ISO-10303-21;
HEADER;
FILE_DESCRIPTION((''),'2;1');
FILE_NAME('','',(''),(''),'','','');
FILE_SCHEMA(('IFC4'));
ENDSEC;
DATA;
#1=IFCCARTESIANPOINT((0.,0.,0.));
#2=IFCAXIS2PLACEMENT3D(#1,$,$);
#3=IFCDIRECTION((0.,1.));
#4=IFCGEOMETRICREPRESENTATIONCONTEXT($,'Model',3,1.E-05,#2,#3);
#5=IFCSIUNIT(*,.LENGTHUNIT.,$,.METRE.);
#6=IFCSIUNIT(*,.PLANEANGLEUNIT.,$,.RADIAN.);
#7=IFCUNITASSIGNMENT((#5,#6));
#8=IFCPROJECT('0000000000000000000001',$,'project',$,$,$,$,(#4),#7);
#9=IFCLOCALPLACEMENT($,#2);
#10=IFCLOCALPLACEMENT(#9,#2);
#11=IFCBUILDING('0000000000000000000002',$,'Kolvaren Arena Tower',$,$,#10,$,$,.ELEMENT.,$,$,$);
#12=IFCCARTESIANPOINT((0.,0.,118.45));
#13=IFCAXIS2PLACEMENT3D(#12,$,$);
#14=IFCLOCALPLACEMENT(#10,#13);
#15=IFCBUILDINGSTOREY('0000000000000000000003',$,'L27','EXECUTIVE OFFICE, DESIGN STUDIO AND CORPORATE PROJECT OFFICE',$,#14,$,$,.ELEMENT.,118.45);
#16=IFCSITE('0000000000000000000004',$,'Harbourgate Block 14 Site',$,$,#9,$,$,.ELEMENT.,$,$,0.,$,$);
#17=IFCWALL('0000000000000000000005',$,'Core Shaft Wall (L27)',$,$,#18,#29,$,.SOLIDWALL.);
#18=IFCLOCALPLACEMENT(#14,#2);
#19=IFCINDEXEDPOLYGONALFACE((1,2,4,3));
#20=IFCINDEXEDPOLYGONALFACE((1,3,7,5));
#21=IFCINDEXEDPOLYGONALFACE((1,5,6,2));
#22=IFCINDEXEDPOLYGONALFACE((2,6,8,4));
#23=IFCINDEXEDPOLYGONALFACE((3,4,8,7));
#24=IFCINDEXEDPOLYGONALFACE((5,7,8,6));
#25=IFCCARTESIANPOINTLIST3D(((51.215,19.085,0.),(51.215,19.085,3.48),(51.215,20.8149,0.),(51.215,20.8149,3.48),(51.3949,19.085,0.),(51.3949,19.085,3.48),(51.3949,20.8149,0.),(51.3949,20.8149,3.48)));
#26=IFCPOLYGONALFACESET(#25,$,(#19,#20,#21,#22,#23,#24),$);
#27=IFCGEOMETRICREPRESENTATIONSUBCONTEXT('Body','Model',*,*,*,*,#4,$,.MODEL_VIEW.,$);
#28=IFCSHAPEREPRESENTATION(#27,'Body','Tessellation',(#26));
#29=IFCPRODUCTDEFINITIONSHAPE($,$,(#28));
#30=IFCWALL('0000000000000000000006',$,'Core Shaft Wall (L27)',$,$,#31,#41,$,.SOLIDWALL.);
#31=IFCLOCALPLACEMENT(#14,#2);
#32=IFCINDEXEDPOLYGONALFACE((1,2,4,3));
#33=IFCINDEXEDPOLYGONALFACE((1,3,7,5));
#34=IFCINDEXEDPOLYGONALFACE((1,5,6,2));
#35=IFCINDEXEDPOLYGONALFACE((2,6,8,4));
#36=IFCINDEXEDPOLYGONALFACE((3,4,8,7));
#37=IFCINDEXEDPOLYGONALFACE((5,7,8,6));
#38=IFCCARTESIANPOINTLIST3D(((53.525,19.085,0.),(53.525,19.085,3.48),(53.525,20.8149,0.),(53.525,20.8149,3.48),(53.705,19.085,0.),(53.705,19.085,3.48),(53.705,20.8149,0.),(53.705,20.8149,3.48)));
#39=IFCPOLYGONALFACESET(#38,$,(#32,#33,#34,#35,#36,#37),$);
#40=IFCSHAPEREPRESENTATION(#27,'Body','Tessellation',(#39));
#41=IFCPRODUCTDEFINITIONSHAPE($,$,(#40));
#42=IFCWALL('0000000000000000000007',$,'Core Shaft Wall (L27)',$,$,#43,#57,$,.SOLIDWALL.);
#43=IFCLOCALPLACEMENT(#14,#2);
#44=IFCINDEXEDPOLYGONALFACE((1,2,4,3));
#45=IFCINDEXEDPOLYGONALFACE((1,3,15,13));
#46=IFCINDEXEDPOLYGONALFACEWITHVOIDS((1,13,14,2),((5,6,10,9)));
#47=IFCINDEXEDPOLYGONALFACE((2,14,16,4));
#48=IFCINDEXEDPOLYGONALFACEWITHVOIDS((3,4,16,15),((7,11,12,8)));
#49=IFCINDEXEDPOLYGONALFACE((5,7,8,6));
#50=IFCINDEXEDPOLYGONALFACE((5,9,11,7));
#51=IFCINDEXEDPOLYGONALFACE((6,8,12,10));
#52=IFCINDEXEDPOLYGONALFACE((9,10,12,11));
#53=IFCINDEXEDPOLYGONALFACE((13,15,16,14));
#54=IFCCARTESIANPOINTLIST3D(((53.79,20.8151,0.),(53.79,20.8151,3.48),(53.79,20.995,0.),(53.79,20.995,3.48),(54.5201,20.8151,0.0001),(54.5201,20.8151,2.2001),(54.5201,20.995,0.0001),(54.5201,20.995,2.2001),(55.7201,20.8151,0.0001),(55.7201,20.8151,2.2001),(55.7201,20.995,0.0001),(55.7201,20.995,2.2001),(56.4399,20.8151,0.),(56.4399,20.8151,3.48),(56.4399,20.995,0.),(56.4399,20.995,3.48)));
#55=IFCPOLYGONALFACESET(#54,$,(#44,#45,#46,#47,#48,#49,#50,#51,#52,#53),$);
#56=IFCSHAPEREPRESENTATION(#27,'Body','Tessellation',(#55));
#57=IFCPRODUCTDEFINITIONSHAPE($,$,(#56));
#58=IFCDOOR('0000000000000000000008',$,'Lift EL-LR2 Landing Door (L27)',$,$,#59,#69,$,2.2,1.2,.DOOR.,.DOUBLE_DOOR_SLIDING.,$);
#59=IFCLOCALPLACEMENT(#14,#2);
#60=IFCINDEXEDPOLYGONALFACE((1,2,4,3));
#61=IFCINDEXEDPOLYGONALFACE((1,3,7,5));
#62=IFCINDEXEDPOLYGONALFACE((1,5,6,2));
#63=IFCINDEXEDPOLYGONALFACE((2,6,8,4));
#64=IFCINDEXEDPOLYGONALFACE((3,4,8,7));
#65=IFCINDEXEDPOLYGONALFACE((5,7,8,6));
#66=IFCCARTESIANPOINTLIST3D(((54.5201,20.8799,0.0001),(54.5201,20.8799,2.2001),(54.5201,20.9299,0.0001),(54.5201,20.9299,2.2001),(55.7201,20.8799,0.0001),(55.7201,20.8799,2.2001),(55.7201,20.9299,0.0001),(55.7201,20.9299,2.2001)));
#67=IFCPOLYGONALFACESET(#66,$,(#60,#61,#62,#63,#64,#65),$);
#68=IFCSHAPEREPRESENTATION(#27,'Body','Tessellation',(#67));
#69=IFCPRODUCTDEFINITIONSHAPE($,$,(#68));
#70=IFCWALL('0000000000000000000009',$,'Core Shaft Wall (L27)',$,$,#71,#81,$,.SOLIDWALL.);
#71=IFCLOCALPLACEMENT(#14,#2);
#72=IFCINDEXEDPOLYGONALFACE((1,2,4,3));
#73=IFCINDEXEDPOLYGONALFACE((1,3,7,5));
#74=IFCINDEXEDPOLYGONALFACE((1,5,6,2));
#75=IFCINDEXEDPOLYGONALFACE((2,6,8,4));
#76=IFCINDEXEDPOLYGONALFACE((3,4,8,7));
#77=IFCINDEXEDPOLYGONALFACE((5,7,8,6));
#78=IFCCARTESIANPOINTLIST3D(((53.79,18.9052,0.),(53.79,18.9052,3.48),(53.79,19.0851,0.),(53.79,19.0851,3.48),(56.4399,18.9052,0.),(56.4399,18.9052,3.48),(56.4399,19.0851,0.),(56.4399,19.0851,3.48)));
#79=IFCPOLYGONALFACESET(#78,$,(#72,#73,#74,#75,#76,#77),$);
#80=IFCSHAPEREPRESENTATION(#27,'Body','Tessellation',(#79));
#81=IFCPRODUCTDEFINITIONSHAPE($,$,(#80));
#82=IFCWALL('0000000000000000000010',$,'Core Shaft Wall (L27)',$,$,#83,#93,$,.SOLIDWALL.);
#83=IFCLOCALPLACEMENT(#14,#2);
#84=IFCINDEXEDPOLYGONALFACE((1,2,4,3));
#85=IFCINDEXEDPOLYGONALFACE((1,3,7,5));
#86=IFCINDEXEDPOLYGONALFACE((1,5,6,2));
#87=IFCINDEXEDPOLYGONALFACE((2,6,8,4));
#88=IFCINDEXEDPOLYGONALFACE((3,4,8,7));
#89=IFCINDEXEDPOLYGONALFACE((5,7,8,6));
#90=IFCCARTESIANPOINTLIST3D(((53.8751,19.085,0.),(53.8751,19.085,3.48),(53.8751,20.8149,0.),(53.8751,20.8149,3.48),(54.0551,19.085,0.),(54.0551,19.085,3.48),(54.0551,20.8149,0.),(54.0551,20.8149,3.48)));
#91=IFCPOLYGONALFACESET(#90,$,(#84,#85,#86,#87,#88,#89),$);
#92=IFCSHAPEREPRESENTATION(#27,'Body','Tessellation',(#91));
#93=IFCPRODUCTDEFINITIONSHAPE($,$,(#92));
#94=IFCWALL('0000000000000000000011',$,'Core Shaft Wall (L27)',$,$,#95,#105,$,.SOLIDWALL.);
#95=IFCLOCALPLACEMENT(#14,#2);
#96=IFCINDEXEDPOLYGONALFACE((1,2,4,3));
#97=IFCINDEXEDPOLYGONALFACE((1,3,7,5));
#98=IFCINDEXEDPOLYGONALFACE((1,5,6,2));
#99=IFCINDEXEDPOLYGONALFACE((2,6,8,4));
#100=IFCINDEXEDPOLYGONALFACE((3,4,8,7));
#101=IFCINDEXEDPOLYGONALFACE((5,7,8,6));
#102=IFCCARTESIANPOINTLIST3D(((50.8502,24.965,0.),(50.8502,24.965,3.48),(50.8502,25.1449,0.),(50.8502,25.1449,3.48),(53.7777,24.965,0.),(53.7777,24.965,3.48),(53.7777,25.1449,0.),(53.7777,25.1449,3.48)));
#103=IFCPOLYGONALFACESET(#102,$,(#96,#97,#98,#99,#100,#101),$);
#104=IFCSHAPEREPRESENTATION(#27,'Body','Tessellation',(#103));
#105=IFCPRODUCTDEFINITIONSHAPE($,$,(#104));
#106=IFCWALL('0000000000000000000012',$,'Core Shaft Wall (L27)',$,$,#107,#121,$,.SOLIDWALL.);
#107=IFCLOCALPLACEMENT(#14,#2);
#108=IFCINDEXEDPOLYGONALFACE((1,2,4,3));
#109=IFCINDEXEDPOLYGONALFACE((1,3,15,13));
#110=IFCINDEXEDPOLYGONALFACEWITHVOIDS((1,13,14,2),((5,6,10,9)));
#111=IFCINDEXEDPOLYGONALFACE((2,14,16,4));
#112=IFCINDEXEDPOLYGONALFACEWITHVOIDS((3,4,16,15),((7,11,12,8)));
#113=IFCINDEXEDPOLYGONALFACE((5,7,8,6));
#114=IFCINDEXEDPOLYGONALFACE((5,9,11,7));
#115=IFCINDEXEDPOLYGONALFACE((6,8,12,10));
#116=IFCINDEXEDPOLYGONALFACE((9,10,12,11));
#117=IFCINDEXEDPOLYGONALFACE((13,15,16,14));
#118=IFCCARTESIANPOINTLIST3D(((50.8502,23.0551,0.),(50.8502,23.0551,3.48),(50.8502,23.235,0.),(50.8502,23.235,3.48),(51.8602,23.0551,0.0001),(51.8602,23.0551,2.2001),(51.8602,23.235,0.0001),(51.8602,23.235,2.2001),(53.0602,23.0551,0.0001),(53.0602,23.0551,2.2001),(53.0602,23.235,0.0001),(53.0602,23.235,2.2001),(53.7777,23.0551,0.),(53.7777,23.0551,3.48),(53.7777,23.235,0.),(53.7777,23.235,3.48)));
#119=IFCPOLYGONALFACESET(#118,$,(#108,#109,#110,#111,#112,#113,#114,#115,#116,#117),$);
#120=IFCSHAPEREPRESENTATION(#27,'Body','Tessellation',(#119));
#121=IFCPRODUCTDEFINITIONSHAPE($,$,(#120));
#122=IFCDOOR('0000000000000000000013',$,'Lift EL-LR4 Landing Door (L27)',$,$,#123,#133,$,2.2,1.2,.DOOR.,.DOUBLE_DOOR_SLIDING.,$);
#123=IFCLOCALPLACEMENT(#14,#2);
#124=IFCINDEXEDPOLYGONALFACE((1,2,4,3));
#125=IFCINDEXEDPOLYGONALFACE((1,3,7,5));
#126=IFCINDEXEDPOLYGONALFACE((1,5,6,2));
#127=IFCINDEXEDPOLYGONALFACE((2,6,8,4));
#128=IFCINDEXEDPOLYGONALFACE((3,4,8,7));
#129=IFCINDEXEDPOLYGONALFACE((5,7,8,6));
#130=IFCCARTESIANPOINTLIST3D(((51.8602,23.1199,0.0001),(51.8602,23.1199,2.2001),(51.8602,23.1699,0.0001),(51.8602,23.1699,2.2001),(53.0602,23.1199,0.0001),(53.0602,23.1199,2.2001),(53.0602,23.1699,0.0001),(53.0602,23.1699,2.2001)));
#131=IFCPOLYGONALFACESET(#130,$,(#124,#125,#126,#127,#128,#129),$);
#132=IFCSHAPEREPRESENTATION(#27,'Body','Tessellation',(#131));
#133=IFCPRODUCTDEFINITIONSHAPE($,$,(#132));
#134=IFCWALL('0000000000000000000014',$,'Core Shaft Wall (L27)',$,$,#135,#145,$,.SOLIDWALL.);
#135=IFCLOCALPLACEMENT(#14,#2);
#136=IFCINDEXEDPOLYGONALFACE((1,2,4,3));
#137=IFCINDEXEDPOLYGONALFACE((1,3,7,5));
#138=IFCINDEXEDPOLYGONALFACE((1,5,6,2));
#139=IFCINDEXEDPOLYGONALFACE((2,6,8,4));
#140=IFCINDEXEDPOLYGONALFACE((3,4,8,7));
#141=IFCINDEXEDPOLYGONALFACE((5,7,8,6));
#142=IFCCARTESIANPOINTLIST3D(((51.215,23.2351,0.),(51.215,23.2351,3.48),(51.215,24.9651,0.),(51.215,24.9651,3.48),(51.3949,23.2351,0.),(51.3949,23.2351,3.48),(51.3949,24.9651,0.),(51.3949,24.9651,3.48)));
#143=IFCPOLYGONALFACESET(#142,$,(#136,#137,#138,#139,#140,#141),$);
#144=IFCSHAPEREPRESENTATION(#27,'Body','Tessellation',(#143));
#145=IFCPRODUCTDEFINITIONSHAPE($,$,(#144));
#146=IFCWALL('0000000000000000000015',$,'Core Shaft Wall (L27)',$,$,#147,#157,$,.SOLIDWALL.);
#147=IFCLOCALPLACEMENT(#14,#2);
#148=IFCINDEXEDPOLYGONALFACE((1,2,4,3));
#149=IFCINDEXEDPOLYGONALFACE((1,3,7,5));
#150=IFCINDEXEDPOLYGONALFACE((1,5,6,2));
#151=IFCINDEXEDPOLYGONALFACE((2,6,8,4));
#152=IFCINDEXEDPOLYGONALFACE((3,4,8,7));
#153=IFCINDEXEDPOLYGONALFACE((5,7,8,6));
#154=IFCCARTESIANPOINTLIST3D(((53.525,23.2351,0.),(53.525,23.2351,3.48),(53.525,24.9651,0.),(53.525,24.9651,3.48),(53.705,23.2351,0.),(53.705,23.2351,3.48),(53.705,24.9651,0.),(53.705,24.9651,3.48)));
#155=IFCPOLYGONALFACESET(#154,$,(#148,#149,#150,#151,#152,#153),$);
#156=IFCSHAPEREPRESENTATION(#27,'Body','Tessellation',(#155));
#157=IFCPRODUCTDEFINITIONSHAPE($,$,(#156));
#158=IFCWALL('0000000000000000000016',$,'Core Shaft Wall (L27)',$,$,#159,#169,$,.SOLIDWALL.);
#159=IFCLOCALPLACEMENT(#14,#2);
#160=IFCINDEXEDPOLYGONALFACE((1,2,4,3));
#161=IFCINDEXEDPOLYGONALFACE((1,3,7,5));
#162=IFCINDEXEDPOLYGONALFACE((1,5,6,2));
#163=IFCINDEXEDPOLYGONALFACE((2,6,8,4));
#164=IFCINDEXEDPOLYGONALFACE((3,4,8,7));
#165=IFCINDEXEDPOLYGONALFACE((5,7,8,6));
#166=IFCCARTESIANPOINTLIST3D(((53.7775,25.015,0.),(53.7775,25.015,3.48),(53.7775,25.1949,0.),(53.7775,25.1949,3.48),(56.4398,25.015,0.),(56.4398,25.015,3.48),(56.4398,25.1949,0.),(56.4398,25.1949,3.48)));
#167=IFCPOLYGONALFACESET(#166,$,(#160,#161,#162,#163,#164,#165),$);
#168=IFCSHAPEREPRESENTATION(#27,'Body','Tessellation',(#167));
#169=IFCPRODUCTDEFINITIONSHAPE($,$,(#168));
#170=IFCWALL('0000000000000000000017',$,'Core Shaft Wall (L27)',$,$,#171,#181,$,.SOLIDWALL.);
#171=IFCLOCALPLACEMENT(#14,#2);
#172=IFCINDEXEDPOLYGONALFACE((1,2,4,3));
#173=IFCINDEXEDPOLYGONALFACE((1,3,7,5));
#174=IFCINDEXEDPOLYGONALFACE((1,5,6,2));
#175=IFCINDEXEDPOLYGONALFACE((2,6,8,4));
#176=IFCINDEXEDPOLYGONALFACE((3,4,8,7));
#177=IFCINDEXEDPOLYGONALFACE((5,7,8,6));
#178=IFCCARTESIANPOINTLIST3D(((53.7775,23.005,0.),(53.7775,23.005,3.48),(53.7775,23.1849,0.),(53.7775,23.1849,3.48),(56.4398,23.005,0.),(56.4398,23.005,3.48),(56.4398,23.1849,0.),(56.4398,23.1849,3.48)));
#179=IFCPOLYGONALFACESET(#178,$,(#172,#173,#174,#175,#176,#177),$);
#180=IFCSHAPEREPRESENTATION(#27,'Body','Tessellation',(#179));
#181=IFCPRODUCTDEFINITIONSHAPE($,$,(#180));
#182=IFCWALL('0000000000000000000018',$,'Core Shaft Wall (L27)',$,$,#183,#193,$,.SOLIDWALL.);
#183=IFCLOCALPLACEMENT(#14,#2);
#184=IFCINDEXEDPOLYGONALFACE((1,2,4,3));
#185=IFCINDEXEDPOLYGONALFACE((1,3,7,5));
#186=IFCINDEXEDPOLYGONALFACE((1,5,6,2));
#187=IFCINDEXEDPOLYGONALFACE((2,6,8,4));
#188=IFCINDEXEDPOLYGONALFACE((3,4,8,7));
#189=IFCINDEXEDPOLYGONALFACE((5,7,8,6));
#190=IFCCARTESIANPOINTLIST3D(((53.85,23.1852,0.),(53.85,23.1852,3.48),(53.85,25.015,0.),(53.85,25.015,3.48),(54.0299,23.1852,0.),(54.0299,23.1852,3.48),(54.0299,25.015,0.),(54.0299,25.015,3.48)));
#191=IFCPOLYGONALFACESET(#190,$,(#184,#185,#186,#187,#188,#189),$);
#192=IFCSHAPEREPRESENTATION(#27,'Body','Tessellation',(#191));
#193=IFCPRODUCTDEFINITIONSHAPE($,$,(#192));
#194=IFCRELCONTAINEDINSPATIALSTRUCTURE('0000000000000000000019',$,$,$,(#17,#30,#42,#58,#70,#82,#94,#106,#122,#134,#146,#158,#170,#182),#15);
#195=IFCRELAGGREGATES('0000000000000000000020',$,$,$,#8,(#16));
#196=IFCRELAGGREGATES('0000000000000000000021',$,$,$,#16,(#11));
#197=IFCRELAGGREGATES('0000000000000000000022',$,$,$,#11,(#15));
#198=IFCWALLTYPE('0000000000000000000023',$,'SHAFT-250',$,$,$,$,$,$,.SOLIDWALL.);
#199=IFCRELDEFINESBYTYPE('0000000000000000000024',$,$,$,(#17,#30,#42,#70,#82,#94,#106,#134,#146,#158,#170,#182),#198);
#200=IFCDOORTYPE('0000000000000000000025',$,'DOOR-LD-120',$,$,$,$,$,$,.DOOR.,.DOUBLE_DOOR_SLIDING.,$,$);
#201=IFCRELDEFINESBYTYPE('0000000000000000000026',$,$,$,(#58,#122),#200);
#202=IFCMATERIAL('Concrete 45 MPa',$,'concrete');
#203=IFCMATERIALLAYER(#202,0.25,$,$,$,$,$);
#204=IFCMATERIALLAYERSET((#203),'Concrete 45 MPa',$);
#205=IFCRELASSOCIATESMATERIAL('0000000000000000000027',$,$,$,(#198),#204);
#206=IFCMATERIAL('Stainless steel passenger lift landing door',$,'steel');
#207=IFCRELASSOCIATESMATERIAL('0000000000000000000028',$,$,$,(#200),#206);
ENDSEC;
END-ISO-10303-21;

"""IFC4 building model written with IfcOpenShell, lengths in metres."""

from ifc_helpers import new_model, si_unit, direction, frame, frame_2d, origin, place, context, subcontext, project, spatial, rectangle, extrude, material, layer, layer_set, type_object, element, fill, save


model = new_model("IFC4")

# Units and contexts
model_context = context("Model", 3, precision=1e-05, world=origin(), true_north=direction((0.0, 1.0)))
body_context = subcontext(model_context, "Body", "Model", "MODEL_VIEW")
ifc_project = project(units=[si_unit("LENGTHUNIT", "METRE"), si_unit("PLANEANGLEUNIT", "RADIAN")], contexts=[model_context])

# Site, building, storey
site_placement = place(None, origin())
site = spatial("IfcSite", under=ifc_project, at=site_placement, Name="Harbourgate Block 14 Site", CompositionType="ELEMENT", RefElevation=0.0)
building_placement = place(site_placement, origin())
building = spatial("IfcBuilding", under=site, at=building_placement, Name="Kolvaren Arena Tower", CompositionType="ELEMENT")
storey_placement = place(building_placement, frame((0.0, 0.0, 118.45)))
storey = spatial("IfcBuildingStorey", under=building, at=storey_placement, Name="L27", Description="EXECUTIVE OFFICE, DESIGN STUDIO AND CORPORATE PROJECT OFFICE", CompositionType="ELEMENT", Elevation=118.45)

# Shared definitions
ifc_material_1 = material(Name="Concrete 45 MPa", Category="concrete")
ifc_layer_1 = layer(ifc_material_1, 0.25)
ifc_layer_set_1 = layer_set([ifc_layer_1], Name="Concrete 45 MPa")
wall_type_1 = type_object("IfcWallType", Name="SHAFT-250", PredefinedType="SOLIDWALL", material=ifc_layer_set_1)
ifc_material_2 = material(Name="Stainless steel passenger lift landing door", Category="steel")
door_type_1 = type_object("IfcDoorType", Name="DOOR-LD-120", OperationType="DOUBLE_DOOR_SLIDING", PredefinedType="DOOR", material=ifc_material_2)

# Walls
for number, where, z_axis, x_axis, name in (
    (1, (51.3049, 19.085, 0.0), (0.0, 0.0, 1.0), (0.0, 1.0, 0.0), "Core Shaft Wall (L27)"),
    (2, (53.615, 19.085, 0.0), (0.0, 0.0, 1.0), (0.0, 1.0, 0.0), "Core Shaft Wall (L27)"),
):
    element("IfcWall", number, at=place(storey_placement, frame(where, z_axis=z_axis, x_axis=x_axis)), inside=storey, type_object=wall_type_1, Name=name, PredefinedType="SOLIDWALL", context=body_context, shape_type="SweptSolid", body=[
        extrude(rectangle(XDim=1.73, YDim=0.1799, at=frame_2d((0.865, 0.0))), origin(), (0.0, 0.0, 1.0), 3.48),
    ])

# Wall, opening, door
wall_1_placement = place(storey_placement, frame((53.79, 20.905, 0.0), z_axis=(0.0, 0.0, 1.0), x_axis=(1.0, 0.0, 0.0)))
wall_1 = element("IfcWall", 3, at=wall_1_placement, inside=storey, type_object=wall_type_1, Name="Core Shaft Wall (L27)", PredefinedType="SOLIDWALL", context=body_context, shape_type="SweptSolid", body=[
    extrude(rectangle(XDim=2.6499, YDim=0.1799, at=frame_2d((1.325, 0.0))), origin(), (0.0, 0.0, 1.0), 3.48),
])
opening_1_placement = place(wall_1_placement, frame((0.73, 0.0, 0.0)))
opening_1 = element("IfcOpeningElement", 4, at=opening_1_placement, cuts=wall_1, PredefinedType="OPENING", context=body_context, shape_type="SweptSolid", body=[
    extrude(rectangle(XDim=1.2, YDim=2.2, at=frame_2d((0.6001, 1.1001))), frame((0.0, 0.0999, 0.0), z_axis=(0.0, -1.0, 0.0), x_axis=(1.0, 0.0, 0.0)), (0.0, 0.0, 1.0), 0.2),
])
door_1_placement = place(opening_1_placement, origin())
door_1 = element("IfcDoor", 5, at=door_1_placement, inside=storey, type_object=door_type_1, Name="Lift EL-LR2 Landing Door (L27)", OperationType="DOUBLE_DOOR_SLIDING", OverallHeight=2.2, OverallWidth=1.2, PredefinedType="DOOR", context=body_context, shape_type="SweptSolid", body=[
    extrude(rectangle(XDim=1.2, YDim=2.2, at=frame_2d((0.6001, 1.1001))), frame((0.0, 0.0249, 0.0), z_axis=(0.0, -1.0, 0.0), x_axis=(1.0, 0.0, 0.0)), (0.0, 0.0, 1.0), 0.05),
])
fill(opening_1, door_1)

# Walls
wall_2_placement = place(storey_placement, frame((53.79, 18.9951, 0.0), z_axis=(0.0, 0.0, 1.0), x_axis=(1.0, 0.0, 0.0)))
element("IfcWall", 6, at=wall_2_placement, inside=storey, type_object=wall_type_1, Name="Core Shaft Wall (L27)", PredefinedType="SOLIDWALL", context=body_context, shape_type="SweptSolid", body=[
    extrude(rectangle(XDim=2.6499, YDim=0.1799, at=frame_2d((1.325, 0.0))), origin(), (0.0, 0.0, 1.0), 3.48),
])
wall_3_placement = place(storey_placement, frame((53.9651, 19.085, 0.0), z_axis=(0.0, 0.0, 1.0), x_axis=(0.0, 1.0, 0.0)))
element("IfcWall", 7, at=wall_3_placement, inside=storey, type_object=wall_type_1, Name="Core Shaft Wall (L27)", PredefinedType="SOLIDWALL", context=body_context, shape_type="SweptSolid", body=[
    extrude(rectangle(XDim=1.73, YDim=0.1799, at=frame_2d((0.865, 0.0))), origin(), (0.0, 0.0, 1.0), 3.48),
])
wall_4_placement = place(storey_placement, frame((50.8501, 25.0549, 0.0), z_axis=(0.0, 0.0, 1.0), x_axis=(1.0, 0.0, 0.0)))
element("IfcWall", 8, at=wall_4_placement, inside=storey, type_object=wall_type_1, Name="Core Shaft Wall (L27)", PredefinedType="SOLIDWALL", context=body_context, shape_type="SweptSolid", body=[
    extrude(rectangle(XDim=2.9275, YDim=0.1799, at=frame_2d((1.4639, 0.0))), origin(), (0.0, 0.0, 1.0), 3.48),
])

# Wall, opening, door
wall_5_placement = place(storey_placement, frame((50.8501, 23.145, 0.0), z_axis=(0.0, 0.0, 1.0), x_axis=(1.0, 0.0, 0.0)))
wall_5 = element("IfcWall", 9, at=wall_5_placement, inside=storey, type_object=wall_type_1, Name="Core Shaft Wall (L27)", PredefinedType="SOLIDWALL", context=body_context, shape_type="SweptSolid", body=[
    extrude(rectangle(XDim=2.9275, YDim=0.1799, at=frame_2d((1.4639, 0.0))), origin(), (0.0, 0.0, 1.0), 3.48),
])
opening_2_placement = place(wall_5_placement, frame((1.01, 0.0, 0.0)))
opening_2 = element("IfcOpeningElement", 10, at=opening_2_placement, cuts=wall_5, PredefinedType="OPENING", context=body_context, shape_type="SweptSolid", body=[
    extrude(rectangle(XDim=1.2, YDim=2.2, at=frame_2d((0.6001, 1.1001))), frame((0.0, 0.0999, 0.0), z_axis=(0.0, -1.0, 0.0), x_axis=(1.0, 0.0, 0.0)), (0.0, 0.0, 1.0), 0.2),
])
door_2_placement = place(opening_2_placement, origin())
door_2 = element("IfcDoor", 11, at=door_2_placement, inside=storey, type_object=door_type_1, Name="Lift EL-LR4 Landing Door (L27)", OperationType="DOUBLE_DOOR_SLIDING", OverallHeight=2.2, OverallWidth=1.2, PredefinedType="DOOR", context=body_context, shape_type="SweptSolid", body=[
    extrude(rectangle(XDim=1.2, YDim=2.2, at=frame_2d((0.6001, 1.1001))), frame((0.0, 0.0249, 0.0), z_axis=(0.0, -1.0, 0.0), x_axis=(1.0, 0.0, 0.0)), (0.0, 0.0, 1.0), 0.05),
])
fill(opening_2, door_2)

# Walls
for number, where, z_axis, x_axis, name in (
    (12, (51.3049, 23.2351, 0.0), (0.0, 0.0, 1.0), (0.0, 1.0, 0.0), "Core Shaft Wall (L27)"),
    (13, (53.615, 23.2351, 0.0), (0.0, 0.0, 1.0), (0.0, 1.0, 0.0), "Core Shaft Wall (L27)"),
):
    element("IfcWall", number, at=place(storey_placement, frame(where, z_axis=z_axis, x_axis=x_axis)), inside=storey, type_object=wall_type_1, Name=name, PredefinedType="SOLIDWALL", context=body_context, shape_type="SweptSolid", body=[
        extrude(rectangle(XDim=1.73, YDim=0.1799, at=frame_2d((0.865, 0.0))), origin(), (0.0, 0.0, 1.0), 3.48),
    ])
for number, where, z_axis, x_axis, name in (
    (14, (53.7776, 25.105, 0.0), (0.0, 0.0, 1.0), (1.0, 0.0, 0.0), "Core Shaft Wall (L27)"),
    (15, (53.7776, 23.095, 0.0), (0.0, 0.0, 1.0), (1.0, 0.0, 0.0), "Core Shaft Wall (L27)"),
):
    element("IfcWall", number, at=place(storey_placement, frame(where, z_axis=z_axis, x_axis=x_axis)), inside=storey, type_object=wall_type_1, Name=name, PredefinedType="SOLIDWALL", context=body_context, shape_type="SweptSolid", body=[
        extrude(rectangle(XDim=2.6624, YDim=0.1799, at=frame_2d((1.3311, 0.0))), origin(), (0.0, 0.0, 1.0), 3.48),
    ])
wall_6_placement = place(storey_placement, frame((53.9399, 23.1851, 0.0), z_axis=(0.0, 0.0, 1.0), x_axis=(0.0, 1.0, 0.0)))
element("IfcWall", 16, at=wall_6_placement, inside=storey, type_object=wall_type_1, Name="Core Shaft Wall (L27)", PredefinedType="SOLIDWALL", context=body_context, shape_type="SweptSolid", body=[
    extrude(rectangle(XDim=1.8298, YDim=0.1799, at=frame_2d((0.915, 0.0))), origin(), (0.0, 0.0, 1.0), 3.48),
])

save(model, "model.ifc")
